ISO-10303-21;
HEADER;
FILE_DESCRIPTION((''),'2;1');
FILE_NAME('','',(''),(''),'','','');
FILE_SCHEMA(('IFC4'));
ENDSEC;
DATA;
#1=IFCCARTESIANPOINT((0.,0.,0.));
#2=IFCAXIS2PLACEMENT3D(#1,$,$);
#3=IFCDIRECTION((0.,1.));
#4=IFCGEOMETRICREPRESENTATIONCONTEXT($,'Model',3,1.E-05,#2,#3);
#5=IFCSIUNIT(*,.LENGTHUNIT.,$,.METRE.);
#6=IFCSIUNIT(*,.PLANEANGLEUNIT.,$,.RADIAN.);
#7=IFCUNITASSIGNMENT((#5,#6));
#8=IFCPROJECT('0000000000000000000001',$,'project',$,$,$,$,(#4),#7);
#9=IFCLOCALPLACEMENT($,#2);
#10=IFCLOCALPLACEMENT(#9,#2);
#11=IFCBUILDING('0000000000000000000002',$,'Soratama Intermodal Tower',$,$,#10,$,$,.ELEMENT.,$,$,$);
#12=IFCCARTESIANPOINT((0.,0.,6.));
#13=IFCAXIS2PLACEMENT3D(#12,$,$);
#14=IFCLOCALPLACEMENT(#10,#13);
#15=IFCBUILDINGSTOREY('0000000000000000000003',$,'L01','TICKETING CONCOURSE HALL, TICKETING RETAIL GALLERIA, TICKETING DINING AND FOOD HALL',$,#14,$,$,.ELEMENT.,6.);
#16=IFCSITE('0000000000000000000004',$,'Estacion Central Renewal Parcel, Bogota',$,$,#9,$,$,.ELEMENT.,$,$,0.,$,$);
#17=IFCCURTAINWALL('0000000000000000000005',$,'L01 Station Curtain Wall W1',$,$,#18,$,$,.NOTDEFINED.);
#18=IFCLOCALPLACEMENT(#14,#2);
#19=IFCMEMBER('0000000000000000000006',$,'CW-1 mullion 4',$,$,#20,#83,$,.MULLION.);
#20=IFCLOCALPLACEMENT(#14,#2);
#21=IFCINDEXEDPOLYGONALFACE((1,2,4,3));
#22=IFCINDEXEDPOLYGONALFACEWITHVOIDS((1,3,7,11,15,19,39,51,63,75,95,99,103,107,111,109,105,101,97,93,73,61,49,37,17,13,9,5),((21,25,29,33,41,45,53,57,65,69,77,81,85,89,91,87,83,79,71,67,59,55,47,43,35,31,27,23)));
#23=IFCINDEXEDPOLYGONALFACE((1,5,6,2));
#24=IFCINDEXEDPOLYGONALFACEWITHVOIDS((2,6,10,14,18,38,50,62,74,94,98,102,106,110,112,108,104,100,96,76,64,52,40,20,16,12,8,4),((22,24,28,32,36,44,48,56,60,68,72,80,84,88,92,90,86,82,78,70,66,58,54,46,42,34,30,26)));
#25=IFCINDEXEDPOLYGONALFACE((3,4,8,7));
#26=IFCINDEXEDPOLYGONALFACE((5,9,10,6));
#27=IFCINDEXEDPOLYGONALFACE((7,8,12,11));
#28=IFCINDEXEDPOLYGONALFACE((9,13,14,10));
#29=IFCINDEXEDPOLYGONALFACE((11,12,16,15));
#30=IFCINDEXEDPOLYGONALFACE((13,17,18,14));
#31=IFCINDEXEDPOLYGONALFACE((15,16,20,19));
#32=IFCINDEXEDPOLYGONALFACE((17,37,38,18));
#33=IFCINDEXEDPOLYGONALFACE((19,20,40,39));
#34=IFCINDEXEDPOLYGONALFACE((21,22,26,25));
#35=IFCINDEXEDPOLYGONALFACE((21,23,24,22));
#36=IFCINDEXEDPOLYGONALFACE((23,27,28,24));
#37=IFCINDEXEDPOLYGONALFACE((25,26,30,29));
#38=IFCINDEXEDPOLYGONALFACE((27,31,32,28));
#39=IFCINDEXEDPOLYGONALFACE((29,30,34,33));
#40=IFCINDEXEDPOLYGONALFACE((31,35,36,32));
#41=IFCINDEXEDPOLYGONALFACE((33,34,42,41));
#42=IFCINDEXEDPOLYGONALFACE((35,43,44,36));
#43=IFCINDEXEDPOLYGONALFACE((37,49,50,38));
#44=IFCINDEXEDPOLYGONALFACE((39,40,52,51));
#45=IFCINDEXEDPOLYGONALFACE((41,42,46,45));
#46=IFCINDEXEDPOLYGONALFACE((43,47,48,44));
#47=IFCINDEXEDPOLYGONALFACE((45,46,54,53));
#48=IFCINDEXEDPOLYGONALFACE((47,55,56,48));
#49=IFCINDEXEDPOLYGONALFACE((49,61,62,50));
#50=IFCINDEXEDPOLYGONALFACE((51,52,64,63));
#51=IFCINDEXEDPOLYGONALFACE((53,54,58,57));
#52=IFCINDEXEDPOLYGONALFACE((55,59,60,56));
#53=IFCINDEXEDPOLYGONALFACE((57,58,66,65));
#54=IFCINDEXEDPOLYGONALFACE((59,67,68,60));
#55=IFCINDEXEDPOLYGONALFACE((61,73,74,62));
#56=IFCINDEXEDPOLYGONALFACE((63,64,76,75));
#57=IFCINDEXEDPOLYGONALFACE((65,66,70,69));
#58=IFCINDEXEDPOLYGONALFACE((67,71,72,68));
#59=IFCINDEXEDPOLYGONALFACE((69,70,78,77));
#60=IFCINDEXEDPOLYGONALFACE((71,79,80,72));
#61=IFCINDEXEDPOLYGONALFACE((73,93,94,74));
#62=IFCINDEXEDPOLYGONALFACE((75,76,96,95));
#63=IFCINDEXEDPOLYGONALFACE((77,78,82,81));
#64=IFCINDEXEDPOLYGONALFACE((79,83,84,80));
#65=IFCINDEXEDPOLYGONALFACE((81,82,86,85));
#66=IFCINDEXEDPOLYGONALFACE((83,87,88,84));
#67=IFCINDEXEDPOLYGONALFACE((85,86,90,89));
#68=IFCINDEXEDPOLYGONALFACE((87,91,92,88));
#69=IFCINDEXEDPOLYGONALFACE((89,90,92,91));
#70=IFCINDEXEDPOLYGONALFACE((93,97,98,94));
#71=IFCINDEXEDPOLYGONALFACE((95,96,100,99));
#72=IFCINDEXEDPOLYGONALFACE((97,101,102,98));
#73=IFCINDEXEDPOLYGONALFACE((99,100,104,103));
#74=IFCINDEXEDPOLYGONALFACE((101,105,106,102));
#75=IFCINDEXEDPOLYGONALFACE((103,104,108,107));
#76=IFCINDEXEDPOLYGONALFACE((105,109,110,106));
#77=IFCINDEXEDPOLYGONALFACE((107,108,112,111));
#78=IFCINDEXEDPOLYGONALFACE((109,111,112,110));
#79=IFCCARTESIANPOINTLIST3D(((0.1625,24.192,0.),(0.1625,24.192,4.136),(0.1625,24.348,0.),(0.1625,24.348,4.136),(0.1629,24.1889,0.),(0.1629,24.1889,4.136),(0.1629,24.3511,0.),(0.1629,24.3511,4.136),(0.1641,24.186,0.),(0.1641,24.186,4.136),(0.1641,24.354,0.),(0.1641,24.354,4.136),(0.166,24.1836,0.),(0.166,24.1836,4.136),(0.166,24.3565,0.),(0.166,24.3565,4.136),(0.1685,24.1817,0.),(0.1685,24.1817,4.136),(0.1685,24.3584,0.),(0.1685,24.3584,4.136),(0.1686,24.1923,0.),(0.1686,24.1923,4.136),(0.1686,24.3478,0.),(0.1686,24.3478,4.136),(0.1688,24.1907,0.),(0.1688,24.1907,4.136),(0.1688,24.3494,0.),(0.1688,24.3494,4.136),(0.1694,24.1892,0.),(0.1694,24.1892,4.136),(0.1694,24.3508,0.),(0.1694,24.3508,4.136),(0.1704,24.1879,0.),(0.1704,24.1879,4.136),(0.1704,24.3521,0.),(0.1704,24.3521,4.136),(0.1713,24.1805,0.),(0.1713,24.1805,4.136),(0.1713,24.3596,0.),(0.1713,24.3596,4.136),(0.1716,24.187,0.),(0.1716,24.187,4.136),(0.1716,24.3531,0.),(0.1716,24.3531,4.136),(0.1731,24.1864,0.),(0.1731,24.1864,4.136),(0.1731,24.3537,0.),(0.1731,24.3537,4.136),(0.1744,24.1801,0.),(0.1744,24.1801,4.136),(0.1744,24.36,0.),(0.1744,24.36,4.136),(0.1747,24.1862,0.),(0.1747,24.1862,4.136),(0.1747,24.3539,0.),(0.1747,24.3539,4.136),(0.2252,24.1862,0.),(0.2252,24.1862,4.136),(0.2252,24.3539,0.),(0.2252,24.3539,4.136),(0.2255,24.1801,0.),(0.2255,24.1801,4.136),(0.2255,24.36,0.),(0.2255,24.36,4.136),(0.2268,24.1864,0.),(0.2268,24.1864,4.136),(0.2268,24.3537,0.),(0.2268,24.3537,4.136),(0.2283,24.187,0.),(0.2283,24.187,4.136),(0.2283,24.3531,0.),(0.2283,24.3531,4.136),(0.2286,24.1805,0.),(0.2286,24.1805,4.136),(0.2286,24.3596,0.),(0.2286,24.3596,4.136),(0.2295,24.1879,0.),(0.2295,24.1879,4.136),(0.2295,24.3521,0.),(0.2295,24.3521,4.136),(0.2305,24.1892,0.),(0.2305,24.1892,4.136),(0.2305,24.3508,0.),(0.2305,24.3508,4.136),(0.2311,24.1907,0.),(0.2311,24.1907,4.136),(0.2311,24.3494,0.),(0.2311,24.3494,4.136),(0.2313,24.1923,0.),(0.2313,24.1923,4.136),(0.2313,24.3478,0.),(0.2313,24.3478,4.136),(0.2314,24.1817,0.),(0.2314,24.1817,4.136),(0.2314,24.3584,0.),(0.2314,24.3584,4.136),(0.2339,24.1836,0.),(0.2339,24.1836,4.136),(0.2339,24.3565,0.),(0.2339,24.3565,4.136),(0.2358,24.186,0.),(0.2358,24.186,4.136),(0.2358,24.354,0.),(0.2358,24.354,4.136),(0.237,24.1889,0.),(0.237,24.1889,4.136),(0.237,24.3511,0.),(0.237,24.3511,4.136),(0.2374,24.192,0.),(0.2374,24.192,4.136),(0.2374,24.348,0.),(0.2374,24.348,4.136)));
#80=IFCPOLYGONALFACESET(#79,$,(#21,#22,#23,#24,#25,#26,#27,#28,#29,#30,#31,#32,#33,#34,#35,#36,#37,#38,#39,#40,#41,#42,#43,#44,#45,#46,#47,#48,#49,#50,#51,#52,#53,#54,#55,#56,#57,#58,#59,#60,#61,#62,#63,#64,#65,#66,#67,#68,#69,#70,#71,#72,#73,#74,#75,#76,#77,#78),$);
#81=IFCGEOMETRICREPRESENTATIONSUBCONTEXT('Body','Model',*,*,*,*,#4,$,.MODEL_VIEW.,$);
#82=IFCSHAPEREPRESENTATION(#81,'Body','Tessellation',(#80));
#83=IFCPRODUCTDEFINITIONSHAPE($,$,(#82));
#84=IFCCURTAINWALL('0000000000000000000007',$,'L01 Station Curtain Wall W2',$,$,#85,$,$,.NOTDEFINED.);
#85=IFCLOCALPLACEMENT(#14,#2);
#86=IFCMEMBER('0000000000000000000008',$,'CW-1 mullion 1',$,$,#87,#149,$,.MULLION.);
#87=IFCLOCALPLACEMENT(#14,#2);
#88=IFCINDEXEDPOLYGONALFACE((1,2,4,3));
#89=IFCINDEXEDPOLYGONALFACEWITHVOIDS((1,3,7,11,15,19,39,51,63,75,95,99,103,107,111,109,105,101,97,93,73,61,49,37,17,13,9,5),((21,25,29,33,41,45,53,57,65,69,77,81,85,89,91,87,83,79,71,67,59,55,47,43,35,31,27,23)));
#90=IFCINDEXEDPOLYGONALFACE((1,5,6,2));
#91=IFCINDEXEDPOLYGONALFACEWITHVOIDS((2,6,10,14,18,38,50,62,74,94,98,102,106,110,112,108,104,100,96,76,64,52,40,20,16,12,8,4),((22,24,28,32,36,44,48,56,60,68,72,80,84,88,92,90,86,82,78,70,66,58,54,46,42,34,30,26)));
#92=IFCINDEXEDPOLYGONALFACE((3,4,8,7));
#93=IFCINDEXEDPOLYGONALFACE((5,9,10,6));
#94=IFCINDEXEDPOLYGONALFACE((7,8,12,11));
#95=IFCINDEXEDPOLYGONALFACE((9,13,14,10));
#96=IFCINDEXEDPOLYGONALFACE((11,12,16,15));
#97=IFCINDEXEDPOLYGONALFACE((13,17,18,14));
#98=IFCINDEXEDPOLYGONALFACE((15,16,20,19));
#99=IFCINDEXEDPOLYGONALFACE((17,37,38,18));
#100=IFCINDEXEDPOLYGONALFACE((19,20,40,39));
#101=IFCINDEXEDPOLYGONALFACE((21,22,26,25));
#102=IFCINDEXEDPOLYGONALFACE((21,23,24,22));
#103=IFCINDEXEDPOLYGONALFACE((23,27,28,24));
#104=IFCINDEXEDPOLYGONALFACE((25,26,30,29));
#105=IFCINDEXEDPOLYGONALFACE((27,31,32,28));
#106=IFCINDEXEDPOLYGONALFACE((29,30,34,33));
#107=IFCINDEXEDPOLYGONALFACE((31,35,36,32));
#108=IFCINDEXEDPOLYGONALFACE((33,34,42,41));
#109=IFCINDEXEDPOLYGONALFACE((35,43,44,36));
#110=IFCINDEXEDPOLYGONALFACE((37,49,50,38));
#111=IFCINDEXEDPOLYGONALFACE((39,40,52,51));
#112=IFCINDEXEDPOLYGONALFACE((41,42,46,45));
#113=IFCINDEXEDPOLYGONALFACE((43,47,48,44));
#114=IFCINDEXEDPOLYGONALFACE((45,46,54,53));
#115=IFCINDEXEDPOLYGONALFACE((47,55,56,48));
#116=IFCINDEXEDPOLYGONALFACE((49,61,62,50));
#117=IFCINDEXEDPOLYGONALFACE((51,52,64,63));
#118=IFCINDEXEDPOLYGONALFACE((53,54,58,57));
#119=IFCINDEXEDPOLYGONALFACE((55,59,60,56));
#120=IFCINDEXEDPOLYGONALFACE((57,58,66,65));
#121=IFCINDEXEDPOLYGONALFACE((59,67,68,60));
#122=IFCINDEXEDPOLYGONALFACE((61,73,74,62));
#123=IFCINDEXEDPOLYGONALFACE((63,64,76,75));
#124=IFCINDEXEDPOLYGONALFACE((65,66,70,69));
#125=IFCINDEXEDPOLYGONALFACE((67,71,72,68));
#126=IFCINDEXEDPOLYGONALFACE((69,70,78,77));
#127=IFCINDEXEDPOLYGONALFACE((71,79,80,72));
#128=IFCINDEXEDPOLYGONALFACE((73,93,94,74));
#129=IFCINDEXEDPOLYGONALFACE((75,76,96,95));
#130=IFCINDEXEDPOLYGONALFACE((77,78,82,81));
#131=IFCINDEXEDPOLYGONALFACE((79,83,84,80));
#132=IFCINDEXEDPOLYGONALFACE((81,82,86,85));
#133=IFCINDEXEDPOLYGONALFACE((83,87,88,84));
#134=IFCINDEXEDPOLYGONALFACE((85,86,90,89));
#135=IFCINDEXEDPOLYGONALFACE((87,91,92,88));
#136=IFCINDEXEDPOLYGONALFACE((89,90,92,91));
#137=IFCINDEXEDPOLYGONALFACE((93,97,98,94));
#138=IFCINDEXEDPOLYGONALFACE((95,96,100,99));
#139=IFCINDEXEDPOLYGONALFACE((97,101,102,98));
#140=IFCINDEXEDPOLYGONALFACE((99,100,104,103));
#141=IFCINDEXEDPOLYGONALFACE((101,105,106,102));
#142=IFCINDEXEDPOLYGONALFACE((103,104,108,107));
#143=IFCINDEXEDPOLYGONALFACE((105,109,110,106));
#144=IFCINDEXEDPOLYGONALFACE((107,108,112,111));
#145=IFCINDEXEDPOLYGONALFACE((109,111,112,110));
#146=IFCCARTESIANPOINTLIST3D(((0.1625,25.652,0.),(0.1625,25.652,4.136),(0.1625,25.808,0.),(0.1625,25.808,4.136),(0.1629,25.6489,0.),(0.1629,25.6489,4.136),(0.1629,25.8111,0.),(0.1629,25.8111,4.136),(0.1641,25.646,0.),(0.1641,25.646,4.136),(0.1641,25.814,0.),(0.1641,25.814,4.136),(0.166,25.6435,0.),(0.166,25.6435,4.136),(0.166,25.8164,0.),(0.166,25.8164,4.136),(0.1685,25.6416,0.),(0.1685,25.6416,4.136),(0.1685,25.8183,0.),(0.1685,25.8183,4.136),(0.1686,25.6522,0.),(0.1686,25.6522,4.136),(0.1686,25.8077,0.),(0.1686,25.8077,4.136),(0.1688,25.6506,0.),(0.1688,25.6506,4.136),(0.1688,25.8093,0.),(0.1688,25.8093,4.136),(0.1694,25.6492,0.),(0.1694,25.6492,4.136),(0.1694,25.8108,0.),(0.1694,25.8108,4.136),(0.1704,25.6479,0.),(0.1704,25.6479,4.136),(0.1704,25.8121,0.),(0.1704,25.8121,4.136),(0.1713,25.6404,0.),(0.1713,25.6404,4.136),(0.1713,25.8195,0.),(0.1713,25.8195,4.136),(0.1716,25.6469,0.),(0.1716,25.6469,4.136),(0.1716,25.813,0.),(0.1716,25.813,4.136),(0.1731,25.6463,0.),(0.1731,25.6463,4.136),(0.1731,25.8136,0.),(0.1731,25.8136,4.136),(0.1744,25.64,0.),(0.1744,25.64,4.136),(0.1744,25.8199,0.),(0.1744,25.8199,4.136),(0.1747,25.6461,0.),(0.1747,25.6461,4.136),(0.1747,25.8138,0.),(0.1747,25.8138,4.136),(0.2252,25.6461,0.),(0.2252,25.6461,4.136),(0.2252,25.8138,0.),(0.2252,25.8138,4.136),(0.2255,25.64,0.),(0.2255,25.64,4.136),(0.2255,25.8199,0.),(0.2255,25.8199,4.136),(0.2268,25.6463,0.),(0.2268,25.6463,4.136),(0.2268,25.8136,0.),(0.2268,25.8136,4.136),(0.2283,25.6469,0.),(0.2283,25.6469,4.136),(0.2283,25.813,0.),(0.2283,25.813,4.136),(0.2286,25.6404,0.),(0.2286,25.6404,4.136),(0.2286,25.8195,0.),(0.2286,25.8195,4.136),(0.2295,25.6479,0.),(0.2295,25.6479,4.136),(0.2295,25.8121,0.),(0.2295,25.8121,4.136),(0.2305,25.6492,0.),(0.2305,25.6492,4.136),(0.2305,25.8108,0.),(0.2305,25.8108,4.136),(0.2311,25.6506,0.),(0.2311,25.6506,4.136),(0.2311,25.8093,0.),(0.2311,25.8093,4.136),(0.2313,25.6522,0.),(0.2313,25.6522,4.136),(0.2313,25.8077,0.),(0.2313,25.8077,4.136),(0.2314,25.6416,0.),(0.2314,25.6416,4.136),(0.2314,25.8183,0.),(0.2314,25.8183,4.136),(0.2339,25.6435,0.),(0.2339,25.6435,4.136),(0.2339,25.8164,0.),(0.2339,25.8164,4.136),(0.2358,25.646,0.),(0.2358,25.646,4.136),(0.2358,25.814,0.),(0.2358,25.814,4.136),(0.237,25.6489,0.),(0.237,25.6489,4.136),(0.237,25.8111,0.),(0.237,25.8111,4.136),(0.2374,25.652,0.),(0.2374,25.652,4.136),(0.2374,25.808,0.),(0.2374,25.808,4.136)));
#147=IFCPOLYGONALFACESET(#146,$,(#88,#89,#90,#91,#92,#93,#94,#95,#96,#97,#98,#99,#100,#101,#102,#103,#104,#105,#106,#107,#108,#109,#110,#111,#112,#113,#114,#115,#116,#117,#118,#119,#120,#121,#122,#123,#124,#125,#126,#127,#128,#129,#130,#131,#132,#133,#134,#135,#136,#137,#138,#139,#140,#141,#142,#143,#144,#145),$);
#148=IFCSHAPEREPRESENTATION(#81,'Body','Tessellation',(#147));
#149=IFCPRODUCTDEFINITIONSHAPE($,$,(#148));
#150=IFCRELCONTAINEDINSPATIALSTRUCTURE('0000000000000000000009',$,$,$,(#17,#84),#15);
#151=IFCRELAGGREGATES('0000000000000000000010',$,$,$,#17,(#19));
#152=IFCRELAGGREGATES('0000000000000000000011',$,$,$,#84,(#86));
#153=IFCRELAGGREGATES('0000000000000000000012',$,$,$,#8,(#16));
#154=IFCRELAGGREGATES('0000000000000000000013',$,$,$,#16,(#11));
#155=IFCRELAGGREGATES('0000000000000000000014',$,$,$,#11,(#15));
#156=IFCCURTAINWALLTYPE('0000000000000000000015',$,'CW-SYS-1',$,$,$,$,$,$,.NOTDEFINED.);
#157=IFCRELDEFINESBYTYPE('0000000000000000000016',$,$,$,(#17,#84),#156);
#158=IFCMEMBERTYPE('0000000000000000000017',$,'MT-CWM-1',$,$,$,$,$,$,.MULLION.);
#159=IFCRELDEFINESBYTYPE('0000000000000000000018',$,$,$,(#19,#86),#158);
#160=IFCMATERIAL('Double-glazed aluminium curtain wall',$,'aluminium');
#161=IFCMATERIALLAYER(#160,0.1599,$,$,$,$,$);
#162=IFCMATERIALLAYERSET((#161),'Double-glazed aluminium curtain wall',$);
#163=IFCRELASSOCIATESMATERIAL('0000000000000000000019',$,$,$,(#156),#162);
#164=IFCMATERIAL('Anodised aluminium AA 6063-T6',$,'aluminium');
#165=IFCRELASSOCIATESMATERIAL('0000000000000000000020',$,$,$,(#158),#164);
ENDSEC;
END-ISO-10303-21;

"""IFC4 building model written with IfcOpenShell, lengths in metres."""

from ifc_helpers import new_model, si_unit, direction, frame, origin, origin_2d, place, context, subcontext, project, spatial, hollow_rectangle, extrude, material, layer, layer_set, material_profile, profile_set, type_object, element, aggregate, save


model = new_model("IFC4")

# Units and contexts
model_context = context("Model", 3, precision=1e-05, world=origin(), true_north=direction((0.0, 1.0)))
body_context = subcontext(model_context, "Body", "Model", "MODEL_VIEW")
ifc_project = project(units=[si_unit("LENGTHUNIT", "METRE"), si_unit("PLANEANGLEUNIT", "RADIAN")], contexts=[model_context])

# Site, building, storey
site_placement = place(None, origin())
site = spatial("IfcSite", under=ifc_project, at=site_placement, Name="Estacion Central Renewal Parcel, Bogota", CompositionType="ELEMENT", RefElevation=0.0)
building_placement = place(site_placement, origin())
building = spatial("IfcBuilding", under=site, at=building_placement, Name="Soratama Intermodal Tower", CompositionType="ELEMENT")
storey_placement = place(building_placement, frame((0.0, 0.0, 6.0)))
storey = spatial("IfcBuildingStorey", under=building, at=storey_placement, Name="L01", Description="TICKETING CONCOURSE HALL, TICKETING RETAIL GALLERIA, TICKETING DINING AND FOOD HALL", CompositionType="ELEMENT", Elevation=6.0)

# Curtain wall, member
ifc_material_1 = material(Name="Double-glazed aluminium curtain wall", Category="aluminium")
ifc_layer_1 = layer(ifc_material_1, 0.1599)
ifc_layer_set_1 = layer_set([ifc_layer_1], Name="Double-glazed aluminium curtain wall")
curtain_wall_type = type_object("IfcCurtainWallType", Name="CW-SYS-1", PredefinedType="NOTDEFINED", material=ifc_layer_set_1)
curtain_wall_1_placement = place(storey_placement, origin())
curtain_wall_1 = element("IfcCurtainWall", 1, at=curtain_wall_1_placement, inside=storey, type_object=curtain_wall_type, Name="L01 Station Curtain Wall W1", PredefinedType="NOTDEFINED")
ifc_material_2 = material(Name="Anodised aluminium AA 6063-T6", Category="aluminium")
ifc_material_profile_1 = material_profile(ifc_material_2, hollow_rectangle(XDim=0.075, YDim=0.1799, WallThickness=0.0061, InnerFilletRadius=0.0061, OuterFilletRadius=0.012, at=origin_2d()), Name="CWM180X75X6")
ifc_profile_set_1 = profile_set([ifc_material_profile_1], Name="Anodised aluminium AA 6063-T6")
member_type_1 = type_object("IfcMemberType", Name="MT-CWM-1", PredefinedType="MULLION", material=ifc_profile_set_1)
member_1_placement = place(storey_placement, frame((0.2, 24.27, 0.0), z_axis=(0.0, 0.0, 1.0), x_axis=(-1.0, 0.0, 0.0)))
member_1 = element("IfcMember", 2, at=member_1_placement, type_object=member_type_1, Name="CW-1 mullion 4", PredefinedType="MULLION", context=body_context, shape_type="SweptSolid", body=[
    extrude(hollow_rectangle(XDim=0.075, YDim=0.1799, WallThickness=0.0061, InnerFilletRadius=0.0061, OuterFilletRadius=0.012, at=origin_2d()), origin(), (0.0, 0.0, 1.0), 4.136),
])

# Curtain wall, member
curtain_wall_2_placement = place(storey_placement, origin())
curtain_wall_2 = element("IfcCurtainWall", 3, at=curtain_wall_2_placement, inside=storey, type_object=curtain_wall_type, Name="L01 Station Curtain Wall W2", PredefinedType="NOTDEFINED")
member_2_placement = place(storey_placement, frame((0.2, 25.73, 0.0), z_axis=(0.0, 0.0, 1.0), x_axis=(-1.0, 0.0, 0.0)))
member_2 = element("IfcMember", 4, at=member_2_placement, type_object=member_type_1, Name="CW-1 mullion 1", PredefinedType="MULLION", context=body_context, shape_type="SweptSolid", body=[
    extrude(hollow_rectangle(XDim=0.075, YDim=0.1799, WallThickness=0.0061, InnerFilletRadius=0.0061, OuterFilletRadius=0.012, at=origin_2d()), origin(), (0.0, 0.0, 1.0), 4.136),
])

aggregate(curtain_wall_1, [member_1])
aggregate(curtain_wall_2, [member_2])

save(model, "model.ifc")
